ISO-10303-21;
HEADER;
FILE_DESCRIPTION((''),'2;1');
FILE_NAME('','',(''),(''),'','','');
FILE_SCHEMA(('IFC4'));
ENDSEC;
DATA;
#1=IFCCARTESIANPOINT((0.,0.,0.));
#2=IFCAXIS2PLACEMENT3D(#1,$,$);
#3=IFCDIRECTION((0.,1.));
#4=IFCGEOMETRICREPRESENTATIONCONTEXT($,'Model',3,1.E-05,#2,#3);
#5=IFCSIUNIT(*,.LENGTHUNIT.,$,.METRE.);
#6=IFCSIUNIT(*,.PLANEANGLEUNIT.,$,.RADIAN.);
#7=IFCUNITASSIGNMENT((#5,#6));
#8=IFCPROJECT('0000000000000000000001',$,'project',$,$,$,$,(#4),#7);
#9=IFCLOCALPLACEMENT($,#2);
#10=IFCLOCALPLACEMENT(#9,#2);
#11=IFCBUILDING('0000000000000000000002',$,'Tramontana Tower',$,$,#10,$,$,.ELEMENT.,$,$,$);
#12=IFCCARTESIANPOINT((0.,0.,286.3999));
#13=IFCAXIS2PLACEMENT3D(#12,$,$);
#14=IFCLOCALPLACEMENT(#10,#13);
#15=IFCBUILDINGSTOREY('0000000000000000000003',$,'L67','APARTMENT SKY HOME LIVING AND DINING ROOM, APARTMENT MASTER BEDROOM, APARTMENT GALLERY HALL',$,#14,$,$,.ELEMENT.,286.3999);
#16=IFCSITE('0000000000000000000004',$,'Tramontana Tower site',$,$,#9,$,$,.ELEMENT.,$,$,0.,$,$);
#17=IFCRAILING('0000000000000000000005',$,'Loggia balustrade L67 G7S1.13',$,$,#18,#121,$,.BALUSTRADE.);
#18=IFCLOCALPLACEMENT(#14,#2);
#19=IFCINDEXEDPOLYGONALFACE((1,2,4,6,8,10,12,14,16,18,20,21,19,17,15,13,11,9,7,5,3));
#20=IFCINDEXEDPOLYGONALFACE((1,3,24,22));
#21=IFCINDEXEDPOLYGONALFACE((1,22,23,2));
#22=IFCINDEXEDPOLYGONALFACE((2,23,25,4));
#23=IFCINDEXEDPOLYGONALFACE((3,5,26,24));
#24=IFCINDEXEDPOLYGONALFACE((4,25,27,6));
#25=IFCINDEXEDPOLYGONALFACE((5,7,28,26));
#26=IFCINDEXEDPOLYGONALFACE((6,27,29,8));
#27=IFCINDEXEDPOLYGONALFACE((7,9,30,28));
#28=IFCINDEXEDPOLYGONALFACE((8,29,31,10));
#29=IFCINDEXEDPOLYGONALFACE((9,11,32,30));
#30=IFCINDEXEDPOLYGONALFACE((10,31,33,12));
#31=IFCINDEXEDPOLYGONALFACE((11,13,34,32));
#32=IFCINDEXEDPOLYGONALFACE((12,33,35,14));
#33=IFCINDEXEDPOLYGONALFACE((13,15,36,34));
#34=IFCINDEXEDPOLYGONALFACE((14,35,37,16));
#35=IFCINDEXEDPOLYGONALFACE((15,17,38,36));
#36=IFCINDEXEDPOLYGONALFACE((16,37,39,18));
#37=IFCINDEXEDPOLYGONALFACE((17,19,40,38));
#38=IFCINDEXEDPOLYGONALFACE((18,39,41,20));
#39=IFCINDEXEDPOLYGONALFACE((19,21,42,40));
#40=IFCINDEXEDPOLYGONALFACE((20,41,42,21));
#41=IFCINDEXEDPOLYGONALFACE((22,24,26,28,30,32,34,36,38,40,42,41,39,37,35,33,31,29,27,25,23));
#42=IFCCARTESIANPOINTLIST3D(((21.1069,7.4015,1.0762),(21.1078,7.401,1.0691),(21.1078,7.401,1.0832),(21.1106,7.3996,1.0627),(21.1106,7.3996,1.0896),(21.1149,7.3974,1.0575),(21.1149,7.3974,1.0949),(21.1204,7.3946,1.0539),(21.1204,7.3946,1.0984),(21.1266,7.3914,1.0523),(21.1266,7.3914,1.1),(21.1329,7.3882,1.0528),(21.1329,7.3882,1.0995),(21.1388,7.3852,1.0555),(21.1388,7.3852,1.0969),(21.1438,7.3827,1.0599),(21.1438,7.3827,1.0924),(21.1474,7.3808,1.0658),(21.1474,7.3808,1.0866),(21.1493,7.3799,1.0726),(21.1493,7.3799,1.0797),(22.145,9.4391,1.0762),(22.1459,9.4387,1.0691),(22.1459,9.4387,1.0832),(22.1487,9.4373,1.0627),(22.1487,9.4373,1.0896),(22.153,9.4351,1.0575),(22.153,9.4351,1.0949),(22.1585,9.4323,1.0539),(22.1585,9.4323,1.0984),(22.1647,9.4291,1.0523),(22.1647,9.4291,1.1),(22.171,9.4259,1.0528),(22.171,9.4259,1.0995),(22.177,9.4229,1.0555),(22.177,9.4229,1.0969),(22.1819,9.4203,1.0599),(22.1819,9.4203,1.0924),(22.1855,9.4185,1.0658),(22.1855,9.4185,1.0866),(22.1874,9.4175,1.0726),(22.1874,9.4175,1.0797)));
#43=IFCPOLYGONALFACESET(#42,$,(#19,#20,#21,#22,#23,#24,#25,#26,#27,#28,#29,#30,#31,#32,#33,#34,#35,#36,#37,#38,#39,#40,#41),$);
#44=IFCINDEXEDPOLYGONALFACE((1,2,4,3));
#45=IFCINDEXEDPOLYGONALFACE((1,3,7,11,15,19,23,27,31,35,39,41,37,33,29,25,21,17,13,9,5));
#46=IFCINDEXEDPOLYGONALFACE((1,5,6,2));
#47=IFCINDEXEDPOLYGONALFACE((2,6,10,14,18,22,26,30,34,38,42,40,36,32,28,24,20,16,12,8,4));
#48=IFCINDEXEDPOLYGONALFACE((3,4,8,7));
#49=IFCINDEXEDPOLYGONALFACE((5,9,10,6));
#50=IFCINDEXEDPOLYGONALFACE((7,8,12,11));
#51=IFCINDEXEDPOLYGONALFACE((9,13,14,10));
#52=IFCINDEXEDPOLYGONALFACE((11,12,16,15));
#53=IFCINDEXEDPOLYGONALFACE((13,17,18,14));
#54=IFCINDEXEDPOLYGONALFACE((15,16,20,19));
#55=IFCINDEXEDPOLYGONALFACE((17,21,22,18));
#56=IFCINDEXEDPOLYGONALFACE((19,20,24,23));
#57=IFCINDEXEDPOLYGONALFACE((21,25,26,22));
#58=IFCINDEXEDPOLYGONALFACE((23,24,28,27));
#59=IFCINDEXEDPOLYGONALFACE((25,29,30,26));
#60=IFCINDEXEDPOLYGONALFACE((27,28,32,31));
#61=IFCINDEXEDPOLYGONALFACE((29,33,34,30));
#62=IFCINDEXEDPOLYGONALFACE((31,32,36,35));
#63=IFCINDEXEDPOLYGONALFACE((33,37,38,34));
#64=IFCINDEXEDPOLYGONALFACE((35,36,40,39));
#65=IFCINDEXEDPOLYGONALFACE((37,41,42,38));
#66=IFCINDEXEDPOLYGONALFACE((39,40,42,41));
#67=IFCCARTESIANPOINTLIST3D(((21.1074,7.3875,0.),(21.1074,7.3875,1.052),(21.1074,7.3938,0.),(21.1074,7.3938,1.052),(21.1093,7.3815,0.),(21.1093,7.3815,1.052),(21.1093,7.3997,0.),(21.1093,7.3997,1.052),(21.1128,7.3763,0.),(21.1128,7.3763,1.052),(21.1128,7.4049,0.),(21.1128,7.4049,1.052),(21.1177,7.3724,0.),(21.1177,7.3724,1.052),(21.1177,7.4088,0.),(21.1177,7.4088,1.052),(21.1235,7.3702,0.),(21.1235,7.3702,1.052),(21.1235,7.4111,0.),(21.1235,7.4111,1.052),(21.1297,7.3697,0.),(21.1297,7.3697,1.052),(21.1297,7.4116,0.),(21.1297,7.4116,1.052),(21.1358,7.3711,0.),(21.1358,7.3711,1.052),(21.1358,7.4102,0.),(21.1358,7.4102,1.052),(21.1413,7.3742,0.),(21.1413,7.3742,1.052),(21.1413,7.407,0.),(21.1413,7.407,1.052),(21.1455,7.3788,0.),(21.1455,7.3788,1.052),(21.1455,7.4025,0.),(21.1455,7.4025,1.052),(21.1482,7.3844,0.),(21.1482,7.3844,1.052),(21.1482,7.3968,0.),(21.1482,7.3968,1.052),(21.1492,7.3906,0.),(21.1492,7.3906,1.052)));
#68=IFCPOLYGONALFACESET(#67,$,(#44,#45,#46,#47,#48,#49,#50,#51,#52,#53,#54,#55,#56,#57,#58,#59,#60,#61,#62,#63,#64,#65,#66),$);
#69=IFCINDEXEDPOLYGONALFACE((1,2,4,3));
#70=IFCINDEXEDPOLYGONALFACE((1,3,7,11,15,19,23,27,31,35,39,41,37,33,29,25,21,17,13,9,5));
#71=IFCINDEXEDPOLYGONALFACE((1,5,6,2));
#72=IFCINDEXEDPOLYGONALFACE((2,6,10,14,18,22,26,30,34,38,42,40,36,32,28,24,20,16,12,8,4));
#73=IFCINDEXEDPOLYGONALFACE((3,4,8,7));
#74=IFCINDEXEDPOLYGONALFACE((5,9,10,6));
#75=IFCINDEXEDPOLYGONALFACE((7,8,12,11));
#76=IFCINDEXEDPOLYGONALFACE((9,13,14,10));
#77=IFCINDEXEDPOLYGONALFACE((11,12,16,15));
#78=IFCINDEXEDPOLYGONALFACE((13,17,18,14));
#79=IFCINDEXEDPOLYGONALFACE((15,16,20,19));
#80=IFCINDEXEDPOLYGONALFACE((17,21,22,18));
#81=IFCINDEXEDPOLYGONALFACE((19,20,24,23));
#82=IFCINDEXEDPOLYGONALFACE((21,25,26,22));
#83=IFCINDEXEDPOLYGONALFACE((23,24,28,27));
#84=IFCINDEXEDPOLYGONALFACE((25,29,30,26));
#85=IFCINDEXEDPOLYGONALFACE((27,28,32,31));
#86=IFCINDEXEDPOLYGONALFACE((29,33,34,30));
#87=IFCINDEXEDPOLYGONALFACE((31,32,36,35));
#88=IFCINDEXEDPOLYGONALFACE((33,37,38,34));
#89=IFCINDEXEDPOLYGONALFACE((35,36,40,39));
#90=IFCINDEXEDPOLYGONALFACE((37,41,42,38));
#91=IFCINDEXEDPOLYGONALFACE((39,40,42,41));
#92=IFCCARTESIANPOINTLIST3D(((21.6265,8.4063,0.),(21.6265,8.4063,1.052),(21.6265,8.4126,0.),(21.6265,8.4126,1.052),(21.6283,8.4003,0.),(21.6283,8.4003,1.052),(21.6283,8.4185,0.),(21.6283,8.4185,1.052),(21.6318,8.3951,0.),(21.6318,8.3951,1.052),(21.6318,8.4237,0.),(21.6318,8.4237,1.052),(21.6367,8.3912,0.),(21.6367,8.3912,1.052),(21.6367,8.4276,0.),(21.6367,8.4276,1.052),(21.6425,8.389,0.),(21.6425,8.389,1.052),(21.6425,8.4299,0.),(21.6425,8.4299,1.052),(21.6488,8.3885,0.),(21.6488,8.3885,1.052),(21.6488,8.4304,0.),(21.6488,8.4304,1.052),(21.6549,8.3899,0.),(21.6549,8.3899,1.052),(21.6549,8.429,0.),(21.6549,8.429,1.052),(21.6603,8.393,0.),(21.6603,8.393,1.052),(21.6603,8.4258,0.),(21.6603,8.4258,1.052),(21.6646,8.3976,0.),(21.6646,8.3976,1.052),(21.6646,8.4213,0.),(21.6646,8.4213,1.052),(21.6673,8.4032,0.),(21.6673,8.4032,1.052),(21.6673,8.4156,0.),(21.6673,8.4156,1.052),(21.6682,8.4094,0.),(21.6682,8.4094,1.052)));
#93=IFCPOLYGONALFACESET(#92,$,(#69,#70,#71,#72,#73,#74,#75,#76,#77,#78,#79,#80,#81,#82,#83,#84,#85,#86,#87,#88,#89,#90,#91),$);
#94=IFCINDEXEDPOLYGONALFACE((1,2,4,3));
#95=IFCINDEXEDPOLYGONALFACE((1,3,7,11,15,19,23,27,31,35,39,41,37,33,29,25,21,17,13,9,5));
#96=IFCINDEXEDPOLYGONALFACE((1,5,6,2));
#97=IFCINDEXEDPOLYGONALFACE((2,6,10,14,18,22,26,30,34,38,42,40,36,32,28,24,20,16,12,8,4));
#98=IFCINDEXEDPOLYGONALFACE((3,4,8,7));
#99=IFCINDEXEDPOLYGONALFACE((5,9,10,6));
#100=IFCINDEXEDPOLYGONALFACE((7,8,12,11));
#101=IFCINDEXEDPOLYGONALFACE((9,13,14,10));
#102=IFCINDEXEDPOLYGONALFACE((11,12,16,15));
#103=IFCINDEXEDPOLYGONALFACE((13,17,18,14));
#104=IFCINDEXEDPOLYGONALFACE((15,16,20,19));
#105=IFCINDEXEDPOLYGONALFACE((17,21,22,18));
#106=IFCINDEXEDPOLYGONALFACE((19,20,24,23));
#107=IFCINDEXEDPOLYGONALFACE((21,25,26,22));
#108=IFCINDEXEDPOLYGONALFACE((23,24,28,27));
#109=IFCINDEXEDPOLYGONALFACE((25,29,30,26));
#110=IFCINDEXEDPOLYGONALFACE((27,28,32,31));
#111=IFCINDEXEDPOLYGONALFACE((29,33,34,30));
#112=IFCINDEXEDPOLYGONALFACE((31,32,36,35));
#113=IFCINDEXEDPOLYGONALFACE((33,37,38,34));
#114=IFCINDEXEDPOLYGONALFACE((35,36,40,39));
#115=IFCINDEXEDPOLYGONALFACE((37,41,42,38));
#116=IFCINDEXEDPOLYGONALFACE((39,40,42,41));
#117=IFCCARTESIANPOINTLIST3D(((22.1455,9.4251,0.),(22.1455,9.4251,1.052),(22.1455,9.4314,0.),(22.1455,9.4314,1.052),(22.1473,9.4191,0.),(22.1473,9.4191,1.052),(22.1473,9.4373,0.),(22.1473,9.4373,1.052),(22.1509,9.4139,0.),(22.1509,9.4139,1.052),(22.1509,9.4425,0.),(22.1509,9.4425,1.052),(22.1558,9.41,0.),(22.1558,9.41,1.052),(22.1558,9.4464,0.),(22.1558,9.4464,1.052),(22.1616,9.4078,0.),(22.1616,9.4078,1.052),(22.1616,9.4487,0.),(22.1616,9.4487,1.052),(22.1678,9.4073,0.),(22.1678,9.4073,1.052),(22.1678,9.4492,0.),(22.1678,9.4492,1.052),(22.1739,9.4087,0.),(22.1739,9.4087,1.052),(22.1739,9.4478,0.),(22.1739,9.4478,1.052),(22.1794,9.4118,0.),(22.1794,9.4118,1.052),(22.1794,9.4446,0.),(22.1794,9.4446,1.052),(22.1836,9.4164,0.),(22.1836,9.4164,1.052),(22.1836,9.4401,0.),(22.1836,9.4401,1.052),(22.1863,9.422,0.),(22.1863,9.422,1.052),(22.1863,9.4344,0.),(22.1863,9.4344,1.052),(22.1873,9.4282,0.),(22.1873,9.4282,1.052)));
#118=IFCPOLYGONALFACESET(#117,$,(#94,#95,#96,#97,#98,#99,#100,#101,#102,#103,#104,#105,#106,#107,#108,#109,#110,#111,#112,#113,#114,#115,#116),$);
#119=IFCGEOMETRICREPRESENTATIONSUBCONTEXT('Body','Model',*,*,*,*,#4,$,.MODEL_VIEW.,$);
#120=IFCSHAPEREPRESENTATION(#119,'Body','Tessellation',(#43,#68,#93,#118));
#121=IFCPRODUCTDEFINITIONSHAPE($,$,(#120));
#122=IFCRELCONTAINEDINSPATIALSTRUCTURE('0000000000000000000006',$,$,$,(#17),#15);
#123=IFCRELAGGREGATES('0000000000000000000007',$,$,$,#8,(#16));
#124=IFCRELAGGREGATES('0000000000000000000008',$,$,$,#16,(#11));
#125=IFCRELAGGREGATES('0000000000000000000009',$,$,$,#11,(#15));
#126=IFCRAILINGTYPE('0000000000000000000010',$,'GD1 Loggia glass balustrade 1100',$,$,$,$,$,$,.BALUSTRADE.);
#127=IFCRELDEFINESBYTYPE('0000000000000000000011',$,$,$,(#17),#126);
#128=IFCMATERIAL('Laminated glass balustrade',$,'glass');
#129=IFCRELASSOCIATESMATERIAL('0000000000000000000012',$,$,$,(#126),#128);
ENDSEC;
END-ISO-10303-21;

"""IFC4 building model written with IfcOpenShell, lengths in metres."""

from ifc_helpers import new_model, si_unit, direction, frame, origin, origin_2d, place, context, subcontext, project, spatial, circle, extrude, material, type_object, element, save


model = new_model("IFC4")

# Units and contexts
model_context = context("Model", 3, precision=1e-05, world=origin(), true_north=direction((0.0, 1.0)))
body_context = subcontext(model_context, "Body", "Model", "MODEL_VIEW")
ifc_project = project(units=[si_unit("LENGTHUNIT", "METRE"), si_unit("PLANEANGLEUNIT", "RADIAN")], contexts=[model_context])

# Site, building, storey
site_placement = place(None, origin())
site = spatial("IfcSite", under=ifc_project, at=site_placement, Name="Tramontana Tower site", CompositionType="ELEMENT", RefElevation=0.0)
building_placement = place(site_placement, origin())
building = spatial("IfcBuilding", under=site, at=building_placement, Name="Tramontana Tower", CompositionType="ELEMENT")
storey_placement = place(building_placement, frame((0.0, 0.0, 286.3999)))
storey = spatial("IfcBuildingStorey", under=building, at=storey_placement, Name="L67", Description="APARTMENT SKY HOME LIVING AND DINING ROOM, APARTMENT MASTER BEDROOM, APARTMENT GALLERY HALL", CompositionType="ELEMENT", Elevation=286.3999)

# Railing
ifc_material_1 = material(Name="Laminated glass balustrade", Category="glass")
railing_type = type_object("IfcRailingType", Name="GD1 Loggia glass balustrade 1100", PredefinedType="BALUSTRADE", material=ifc_material_1)
railing_placement = place(storey_placement, frame((21.1282, 7.3906, 0.0)))
element("IfcRailing", 1, at=railing_placement, inside=storey, type_object=railing_type, Name="Loggia balustrade L67 G7S1.13", PredefinedType="BALUSTRADE", context=body_context, shape_type="SweptSolid", body=[
    extrude(circle(Radius=0.0239, at=origin_2d()), frame((0.0, 0.0, 1.0762), z_axis=(0.453948, 0.891028, 0.0), x_axis=(-0.891028, 0.453948, 0.0)), (0.0, 0.0, 1.0), 2.2869),
    extrude(circle(Radius=0.021, at=origin_2d()), origin(), (0.0, 0.0, 1.0), 1.052),
    extrude(circle(Radius=0.021, at=origin_2d()), frame((0.519, 1.0188, 0.0)), (0.0, 0.0, 1.0), 1.052),
    extrude(circle(Radius=0.021, at=origin_2d()), frame((1.0381, 2.0376, 0.0)), (0.0, 0.0, 1.0), 1.052),
])

save(model, "model.ifc")
